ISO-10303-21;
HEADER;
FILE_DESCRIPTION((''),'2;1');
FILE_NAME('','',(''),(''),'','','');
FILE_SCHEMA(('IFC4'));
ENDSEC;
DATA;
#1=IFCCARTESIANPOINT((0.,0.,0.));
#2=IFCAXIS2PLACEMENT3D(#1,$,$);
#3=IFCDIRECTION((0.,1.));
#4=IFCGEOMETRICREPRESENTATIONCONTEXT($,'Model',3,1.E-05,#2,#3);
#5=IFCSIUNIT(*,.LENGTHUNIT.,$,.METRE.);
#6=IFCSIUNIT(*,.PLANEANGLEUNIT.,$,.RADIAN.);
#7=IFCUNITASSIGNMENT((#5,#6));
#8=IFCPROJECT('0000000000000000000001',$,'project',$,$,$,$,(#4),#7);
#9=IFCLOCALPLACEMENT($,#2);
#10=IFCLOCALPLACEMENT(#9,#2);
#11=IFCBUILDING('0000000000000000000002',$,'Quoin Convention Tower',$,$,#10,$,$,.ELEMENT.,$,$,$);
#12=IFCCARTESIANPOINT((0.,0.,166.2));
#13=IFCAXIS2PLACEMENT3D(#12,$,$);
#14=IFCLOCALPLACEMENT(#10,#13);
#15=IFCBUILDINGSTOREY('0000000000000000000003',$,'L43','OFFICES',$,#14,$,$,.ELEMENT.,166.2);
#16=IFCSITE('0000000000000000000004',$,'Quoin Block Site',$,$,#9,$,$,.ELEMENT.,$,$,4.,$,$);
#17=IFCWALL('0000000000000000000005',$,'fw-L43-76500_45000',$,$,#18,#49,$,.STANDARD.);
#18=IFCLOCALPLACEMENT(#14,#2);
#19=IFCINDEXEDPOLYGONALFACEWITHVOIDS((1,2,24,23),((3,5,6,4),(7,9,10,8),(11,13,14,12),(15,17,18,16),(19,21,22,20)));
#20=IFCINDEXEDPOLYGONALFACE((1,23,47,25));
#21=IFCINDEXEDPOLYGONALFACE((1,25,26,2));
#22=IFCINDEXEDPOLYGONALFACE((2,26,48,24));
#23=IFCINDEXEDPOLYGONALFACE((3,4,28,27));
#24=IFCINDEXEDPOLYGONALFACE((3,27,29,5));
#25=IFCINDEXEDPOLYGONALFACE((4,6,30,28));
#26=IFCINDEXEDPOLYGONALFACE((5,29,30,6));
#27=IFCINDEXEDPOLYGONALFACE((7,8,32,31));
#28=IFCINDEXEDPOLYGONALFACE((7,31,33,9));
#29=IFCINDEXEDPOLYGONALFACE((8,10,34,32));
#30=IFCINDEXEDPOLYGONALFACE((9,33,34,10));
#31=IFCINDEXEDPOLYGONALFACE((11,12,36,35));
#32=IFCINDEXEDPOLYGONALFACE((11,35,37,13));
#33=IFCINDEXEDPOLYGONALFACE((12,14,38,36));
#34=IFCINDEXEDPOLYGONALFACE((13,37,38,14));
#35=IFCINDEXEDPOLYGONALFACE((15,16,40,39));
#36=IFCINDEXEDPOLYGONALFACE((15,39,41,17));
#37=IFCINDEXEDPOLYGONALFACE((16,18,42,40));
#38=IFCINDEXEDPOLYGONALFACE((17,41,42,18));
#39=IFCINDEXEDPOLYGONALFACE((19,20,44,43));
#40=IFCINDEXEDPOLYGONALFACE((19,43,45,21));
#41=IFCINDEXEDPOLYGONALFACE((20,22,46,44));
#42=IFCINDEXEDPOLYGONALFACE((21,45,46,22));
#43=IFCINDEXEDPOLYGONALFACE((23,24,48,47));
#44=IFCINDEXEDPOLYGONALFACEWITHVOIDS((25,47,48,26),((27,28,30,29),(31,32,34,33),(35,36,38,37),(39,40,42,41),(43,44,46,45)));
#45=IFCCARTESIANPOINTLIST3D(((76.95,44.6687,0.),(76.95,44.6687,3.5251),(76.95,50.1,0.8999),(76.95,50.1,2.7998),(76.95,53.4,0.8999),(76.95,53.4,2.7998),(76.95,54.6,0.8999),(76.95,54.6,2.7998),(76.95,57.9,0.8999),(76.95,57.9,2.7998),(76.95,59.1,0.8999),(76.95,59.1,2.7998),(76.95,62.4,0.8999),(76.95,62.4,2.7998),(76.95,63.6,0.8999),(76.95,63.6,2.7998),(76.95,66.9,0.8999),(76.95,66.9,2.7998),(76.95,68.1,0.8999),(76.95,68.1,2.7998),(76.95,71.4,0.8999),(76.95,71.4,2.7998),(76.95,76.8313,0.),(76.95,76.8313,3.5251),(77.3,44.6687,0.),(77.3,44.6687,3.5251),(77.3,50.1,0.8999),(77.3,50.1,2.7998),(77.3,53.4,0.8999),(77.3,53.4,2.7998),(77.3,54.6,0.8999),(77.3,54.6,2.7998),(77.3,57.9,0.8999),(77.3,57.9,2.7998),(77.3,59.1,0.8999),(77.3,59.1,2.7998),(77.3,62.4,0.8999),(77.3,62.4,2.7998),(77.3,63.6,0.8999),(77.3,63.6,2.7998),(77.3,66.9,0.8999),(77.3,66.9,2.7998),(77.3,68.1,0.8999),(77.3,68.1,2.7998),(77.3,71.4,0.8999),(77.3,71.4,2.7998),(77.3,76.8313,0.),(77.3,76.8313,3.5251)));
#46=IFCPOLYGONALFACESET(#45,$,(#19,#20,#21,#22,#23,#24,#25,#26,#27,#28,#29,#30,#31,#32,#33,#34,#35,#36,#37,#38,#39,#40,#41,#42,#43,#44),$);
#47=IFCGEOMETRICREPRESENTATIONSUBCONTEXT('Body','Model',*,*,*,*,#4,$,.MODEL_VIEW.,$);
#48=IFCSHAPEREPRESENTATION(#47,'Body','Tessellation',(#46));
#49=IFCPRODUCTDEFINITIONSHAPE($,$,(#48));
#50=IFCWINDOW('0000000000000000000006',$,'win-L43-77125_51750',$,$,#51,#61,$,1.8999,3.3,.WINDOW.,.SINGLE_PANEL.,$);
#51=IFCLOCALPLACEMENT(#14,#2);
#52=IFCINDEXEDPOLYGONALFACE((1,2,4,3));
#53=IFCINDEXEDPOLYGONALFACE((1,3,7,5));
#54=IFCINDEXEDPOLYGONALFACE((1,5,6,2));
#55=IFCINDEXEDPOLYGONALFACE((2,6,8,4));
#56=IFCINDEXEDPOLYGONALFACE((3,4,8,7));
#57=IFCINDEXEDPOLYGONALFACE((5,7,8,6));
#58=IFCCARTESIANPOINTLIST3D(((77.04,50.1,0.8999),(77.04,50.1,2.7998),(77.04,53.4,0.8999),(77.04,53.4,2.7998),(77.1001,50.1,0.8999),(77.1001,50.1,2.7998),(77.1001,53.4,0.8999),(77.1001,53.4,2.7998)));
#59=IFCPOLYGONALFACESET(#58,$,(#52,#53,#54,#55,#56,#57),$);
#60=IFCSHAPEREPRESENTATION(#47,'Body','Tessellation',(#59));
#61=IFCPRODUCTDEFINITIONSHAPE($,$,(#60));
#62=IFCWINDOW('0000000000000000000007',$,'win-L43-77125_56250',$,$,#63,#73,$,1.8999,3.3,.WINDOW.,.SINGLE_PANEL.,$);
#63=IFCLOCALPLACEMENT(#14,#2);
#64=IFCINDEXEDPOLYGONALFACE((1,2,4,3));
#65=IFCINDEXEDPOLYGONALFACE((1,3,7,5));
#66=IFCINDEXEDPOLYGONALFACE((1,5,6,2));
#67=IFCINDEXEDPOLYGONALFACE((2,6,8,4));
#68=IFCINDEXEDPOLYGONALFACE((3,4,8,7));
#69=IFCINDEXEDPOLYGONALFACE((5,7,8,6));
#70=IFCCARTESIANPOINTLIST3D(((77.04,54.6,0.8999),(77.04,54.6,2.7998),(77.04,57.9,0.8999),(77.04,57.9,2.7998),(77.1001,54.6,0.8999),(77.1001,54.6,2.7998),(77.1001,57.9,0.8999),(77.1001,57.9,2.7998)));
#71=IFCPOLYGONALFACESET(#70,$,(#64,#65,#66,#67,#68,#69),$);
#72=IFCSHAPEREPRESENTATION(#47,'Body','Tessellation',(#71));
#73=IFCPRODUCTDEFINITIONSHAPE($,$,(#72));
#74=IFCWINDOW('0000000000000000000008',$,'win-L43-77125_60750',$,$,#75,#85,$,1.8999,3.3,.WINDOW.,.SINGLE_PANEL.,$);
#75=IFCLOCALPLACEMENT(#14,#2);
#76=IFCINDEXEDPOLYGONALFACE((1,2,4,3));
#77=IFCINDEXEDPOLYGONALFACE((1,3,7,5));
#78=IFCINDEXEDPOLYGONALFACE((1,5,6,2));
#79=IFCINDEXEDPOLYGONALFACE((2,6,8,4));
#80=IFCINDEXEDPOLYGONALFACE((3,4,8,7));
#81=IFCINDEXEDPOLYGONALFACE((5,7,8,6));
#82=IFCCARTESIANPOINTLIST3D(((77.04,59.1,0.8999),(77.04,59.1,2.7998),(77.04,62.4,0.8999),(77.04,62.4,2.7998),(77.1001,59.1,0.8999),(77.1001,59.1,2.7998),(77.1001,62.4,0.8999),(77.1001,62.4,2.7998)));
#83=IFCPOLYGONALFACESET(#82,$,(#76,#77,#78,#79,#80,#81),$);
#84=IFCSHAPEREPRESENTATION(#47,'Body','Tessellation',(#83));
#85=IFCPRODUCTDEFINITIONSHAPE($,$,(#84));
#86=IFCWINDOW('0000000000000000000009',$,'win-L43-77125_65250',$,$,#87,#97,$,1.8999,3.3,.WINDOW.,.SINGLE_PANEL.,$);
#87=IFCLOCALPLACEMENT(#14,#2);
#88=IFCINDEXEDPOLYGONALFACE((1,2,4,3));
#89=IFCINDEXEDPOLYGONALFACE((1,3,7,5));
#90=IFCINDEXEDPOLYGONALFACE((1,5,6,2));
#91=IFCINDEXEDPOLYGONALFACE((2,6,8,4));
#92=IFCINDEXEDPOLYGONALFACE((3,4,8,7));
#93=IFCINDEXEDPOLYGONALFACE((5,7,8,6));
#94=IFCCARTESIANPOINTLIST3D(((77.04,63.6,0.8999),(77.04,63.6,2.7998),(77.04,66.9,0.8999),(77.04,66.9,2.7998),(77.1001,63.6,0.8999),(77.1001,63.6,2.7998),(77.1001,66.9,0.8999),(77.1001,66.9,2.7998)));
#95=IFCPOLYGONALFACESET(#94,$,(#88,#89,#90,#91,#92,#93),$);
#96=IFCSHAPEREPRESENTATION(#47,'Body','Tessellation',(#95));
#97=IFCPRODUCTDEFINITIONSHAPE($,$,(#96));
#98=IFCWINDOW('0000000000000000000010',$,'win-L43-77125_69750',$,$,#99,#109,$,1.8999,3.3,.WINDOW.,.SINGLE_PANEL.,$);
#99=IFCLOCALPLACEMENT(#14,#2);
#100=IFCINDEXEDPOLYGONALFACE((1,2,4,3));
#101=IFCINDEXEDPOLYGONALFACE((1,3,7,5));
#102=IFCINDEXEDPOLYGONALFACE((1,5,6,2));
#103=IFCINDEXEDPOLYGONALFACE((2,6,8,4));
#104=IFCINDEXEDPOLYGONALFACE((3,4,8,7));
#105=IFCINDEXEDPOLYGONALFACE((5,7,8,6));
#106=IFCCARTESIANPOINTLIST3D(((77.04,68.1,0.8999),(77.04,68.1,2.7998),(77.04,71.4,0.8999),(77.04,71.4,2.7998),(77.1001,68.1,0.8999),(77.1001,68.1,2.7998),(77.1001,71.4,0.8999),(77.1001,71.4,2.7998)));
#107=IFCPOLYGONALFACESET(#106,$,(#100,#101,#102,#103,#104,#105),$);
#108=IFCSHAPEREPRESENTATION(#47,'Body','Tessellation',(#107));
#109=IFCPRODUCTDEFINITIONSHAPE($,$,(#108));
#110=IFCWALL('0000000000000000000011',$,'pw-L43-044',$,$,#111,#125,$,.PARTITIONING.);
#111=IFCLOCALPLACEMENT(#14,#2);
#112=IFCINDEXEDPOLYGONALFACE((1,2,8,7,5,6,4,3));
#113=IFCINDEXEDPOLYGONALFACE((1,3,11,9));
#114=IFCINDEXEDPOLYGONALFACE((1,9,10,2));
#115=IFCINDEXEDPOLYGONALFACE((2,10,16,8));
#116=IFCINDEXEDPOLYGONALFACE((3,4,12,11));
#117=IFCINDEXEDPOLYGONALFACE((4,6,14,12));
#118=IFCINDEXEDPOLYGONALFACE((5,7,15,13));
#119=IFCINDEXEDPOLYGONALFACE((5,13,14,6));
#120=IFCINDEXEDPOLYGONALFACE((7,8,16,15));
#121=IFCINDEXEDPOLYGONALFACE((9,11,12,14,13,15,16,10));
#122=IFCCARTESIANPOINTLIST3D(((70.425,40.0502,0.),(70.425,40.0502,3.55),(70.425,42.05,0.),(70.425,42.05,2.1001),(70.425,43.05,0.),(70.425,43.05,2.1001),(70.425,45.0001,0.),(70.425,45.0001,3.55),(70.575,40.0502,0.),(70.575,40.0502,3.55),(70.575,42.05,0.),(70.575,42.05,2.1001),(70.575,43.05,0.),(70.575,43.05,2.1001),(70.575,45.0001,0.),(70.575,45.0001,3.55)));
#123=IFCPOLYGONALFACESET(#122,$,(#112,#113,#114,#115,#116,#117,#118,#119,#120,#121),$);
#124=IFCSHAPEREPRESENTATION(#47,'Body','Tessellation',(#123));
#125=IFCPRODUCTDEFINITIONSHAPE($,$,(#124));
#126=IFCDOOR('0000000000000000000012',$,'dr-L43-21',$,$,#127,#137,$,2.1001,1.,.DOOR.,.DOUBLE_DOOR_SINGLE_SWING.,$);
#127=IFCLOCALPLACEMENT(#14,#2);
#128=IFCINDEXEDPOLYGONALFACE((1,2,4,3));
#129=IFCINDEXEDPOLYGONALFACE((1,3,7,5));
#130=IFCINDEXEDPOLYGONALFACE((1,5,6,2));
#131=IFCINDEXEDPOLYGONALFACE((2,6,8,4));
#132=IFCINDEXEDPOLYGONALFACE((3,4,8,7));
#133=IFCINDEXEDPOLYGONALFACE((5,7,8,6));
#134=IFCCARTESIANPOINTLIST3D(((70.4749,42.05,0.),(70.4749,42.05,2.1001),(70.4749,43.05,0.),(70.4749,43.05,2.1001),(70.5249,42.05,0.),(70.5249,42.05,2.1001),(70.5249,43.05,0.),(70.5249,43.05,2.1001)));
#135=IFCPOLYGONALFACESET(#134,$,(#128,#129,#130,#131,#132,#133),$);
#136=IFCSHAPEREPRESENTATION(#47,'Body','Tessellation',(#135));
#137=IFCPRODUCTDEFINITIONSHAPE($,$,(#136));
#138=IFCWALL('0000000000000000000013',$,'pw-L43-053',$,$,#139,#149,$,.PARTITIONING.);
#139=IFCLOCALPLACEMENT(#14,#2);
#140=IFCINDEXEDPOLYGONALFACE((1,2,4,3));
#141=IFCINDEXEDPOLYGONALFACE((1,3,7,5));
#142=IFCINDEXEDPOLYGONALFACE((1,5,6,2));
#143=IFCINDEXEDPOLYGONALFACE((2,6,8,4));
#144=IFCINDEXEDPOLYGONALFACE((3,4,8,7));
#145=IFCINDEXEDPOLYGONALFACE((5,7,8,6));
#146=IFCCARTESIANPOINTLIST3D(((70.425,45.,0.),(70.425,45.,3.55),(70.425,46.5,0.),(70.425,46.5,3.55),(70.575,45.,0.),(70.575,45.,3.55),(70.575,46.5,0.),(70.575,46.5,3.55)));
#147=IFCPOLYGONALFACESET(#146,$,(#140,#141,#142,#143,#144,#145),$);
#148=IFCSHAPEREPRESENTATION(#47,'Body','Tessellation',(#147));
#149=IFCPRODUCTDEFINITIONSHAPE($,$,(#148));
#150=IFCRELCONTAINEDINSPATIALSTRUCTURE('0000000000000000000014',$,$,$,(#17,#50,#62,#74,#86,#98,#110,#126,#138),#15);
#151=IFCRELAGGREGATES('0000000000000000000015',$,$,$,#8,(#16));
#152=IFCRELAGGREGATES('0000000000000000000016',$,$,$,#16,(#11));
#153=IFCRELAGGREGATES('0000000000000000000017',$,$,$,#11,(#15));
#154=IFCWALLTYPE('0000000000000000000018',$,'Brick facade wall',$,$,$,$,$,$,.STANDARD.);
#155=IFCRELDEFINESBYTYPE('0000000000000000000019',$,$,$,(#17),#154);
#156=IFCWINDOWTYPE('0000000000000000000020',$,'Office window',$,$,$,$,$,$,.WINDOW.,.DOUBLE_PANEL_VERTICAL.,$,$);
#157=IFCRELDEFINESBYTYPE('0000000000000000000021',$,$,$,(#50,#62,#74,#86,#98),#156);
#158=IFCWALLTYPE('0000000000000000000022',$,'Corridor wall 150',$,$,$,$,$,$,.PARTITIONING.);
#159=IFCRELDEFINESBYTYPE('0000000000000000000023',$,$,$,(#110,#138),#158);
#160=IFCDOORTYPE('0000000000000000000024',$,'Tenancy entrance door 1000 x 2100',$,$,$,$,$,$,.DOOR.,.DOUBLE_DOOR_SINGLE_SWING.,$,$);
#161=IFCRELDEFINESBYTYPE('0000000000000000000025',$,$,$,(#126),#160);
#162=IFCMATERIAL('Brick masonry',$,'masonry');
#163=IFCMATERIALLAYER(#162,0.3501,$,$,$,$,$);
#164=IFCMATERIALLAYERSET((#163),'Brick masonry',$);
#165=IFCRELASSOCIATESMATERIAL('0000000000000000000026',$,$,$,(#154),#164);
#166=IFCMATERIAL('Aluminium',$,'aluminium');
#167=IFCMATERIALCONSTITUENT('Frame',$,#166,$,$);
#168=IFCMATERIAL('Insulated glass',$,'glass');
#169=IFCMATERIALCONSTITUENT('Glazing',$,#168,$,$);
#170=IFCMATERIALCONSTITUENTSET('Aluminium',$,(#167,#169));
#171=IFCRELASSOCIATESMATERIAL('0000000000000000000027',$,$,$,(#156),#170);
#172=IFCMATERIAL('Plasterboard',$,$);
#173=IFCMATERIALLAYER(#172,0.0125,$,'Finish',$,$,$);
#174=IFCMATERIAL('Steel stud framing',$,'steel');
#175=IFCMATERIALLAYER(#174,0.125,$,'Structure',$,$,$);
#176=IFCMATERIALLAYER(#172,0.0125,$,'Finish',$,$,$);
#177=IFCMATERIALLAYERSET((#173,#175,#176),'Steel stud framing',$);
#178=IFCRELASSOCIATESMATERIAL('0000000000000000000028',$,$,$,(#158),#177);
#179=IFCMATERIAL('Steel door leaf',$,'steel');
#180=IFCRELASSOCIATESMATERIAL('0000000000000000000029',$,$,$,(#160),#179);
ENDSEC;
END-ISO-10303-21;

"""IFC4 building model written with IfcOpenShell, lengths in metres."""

from ifc_helpers import new_model, si_unit, direction, frame, frame_2d, origin, place, context, subcontext, project, spatial, rectangle, extrude, material, layer, layer_set, constituent, constituent_set, type_object, element, fill, save


model = new_model("IFC4")

# Units and contexts
model_context = context("Model", 3, precision=1e-05, world=origin(), true_north=direction((0.0, 1.0)))
body_context = subcontext(model_context, "Body", "Model", "MODEL_VIEW")
ifc_project = project(units=[si_unit("LENGTHUNIT", "METRE"), si_unit("PLANEANGLEUNIT", "RADIAN")], contexts=[model_context])

# Site, building, storey
site_placement = place(None, origin())
site = spatial("IfcSite", under=ifc_project, at=site_placement, Name="Quoin Block Site", CompositionType="ELEMENT", RefElevation=4.0)
building_placement = place(site_placement, origin())
building = spatial("IfcBuilding", under=site, at=building_placement, Name="Quoin Convention Tower", CompositionType="ELEMENT")
storey_placement = place(building_placement, frame((0.0, 0.0, 166.2)))
storey = spatial("IfcBuildingStorey", under=building, at=storey_placement, Name="L43", Description="OFFICES", CompositionType="ELEMENT", Elevation=166.2)

# Shared definitions
ifc_material_1 = material(Name="Brick masonry", Category="masonry")
ifc_layer_1 = layer(ifc_material_1, 0.3501)
ifc_layer_set_1 = layer_set([ifc_layer_1], Name="Brick masonry")
wall_type_1 = type_object("IfcWallType", Name="Brick facade wall", PredefinedType="STANDARD", material=ifc_layer_set_1)
ifc_material_2 = material(Name="Aluminium", Category="aluminium")
ifc_constituent_1 = constituent(ifc_material_2, Name="Frame")
ifc_material_3 = material(Name="Insulated glass", Category="glass")
ifc_constituent_2 = constituent(ifc_material_3, Name="Glazing")
ifc_constituent_set = constituent_set(constituents=[ifc_constituent_1, ifc_constituent_2], Name="Aluminium")
window_type = type_object("IfcWindowType", Name="Office window", PartitioningType="DOUBLE_PANEL_VERTICAL", PredefinedType="WINDOW", material=ifc_constituent_set)

# Wall, openings, windows
wall_1_placement = place(storey_placement, frame((77.125, 44.6687, 0.0), z_axis=(0.0, 0.0, 1.0), x_axis=(0.0, 1.0, 0.0)))
wall_1 = element("IfcWall", 1, at=wall_1_placement, inside=storey, type_object=wall_type_1, Name="fw-L43-76500_45000", PredefinedType="STANDARD", context=body_context, shape_type="SweptSolid", body=[
    extrude(rectangle(XDim=32.1626, YDim=0.3501, at=frame_2d((16.0813, 0.0))), origin(), (0.0, 0.0, 1.0), 3.5251),
])
opening_1_placement = place(wall_1_placement, frame((5.4314, 0.0, 0.8999)))
opening_1 = element("IfcOpeningElement", 2, at=opening_1_placement, cuts=wall_1, PredefinedType="OPENING", context=body_context, shape_type="SweptSolid", body=[
    extrude(rectangle(XDim=3.3, YDim=1.8999, at=frame_2d((1.6499, 0.95))), frame((0.0, 0.1851, 0.0), z_axis=(0.0, -1.0, 0.0), x_axis=(1.0, 0.0, 0.0)), (0.0, 0.0, 1.0), 0.3701),
])
opening_2_placement = place(wall_1_placement, frame((9.9314, 0.0, 0.8999)))
opening_2 = element("IfcOpeningElement", 3, at=opening_2_placement, cuts=wall_1, PredefinedType="OPENING", context=body_context, shape_type="SweptSolid", body=[
    extrude(rectangle(XDim=3.3, YDim=1.8999, at=frame_2d((1.6499, 0.95))), frame((0.0, 0.1851, 0.0), z_axis=(0.0, -1.0, 0.0), x_axis=(1.0, 0.0, 0.0)), (0.0, 0.0, 1.0), 0.3701),
])
opening_3_placement = place(wall_1_placement, frame((14.4314, 0.0, 0.8999)))
opening_3 = element("IfcOpeningElement", 4, at=opening_3_placement, cuts=wall_1, PredefinedType="OPENING", context=body_context, shape_type="SweptSolid", body=[
    extrude(rectangle(XDim=3.3, YDim=1.8999, at=frame_2d((1.6499, 0.95))), frame((0.0, 0.1851, 0.0), z_axis=(0.0, -1.0, 0.0), x_axis=(1.0, 0.0, 0.0)), (0.0, 0.0, 1.0), 0.3701),
])
opening_4_placement = place(wall_1_placement, frame((18.9314, 0.0, 0.8999)))
opening_4 = element("IfcOpeningElement", 5, at=opening_4_placement, cuts=wall_1, PredefinedType="OPENING", context=body_context, shape_type="SweptSolid", body=[
    extrude(rectangle(XDim=3.3, YDim=1.8999, at=frame_2d((1.6499, 0.95))), frame((0.0, 0.1851, 0.0), z_axis=(0.0, -1.0, 0.0), x_axis=(1.0, 0.0, 0.0)), (0.0, 0.0, 1.0), 0.3701),
])
opening_5_placement = place(wall_1_placement, frame((23.4314, 0.0, 0.8999)))
opening_5 = element("IfcOpeningElement", 6, at=opening_5_placement, cuts=wall_1, PredefinedType="OPENING", context=body_context, shape_type="SweptSolid", body=[
    extrude(rectangle(XDim=3.3, YDim=1.8999, at=frame_2d((1.6499, 0.95))), frame((0.0, 0.1851, 0.0), z_axis=(0.0, -1.0, 0.0), x_axis=(1.0, 0.0, 0.0)), (0.0, 0.0, 1.0), 0.3701),
])
window_1_placement = place(opening_1_placement, origin())
window_1 = element("IfcWindow", 7, at=window_1_placement, inside=storey, type_object=window_type, Name="win-L43-77125_51750", OverallHeight=1.8999, OverallWidth=3.3, PartitioningType="SINGLE_PANEL", PredefinedType="WINDOW", context=body_context, shape_type="SweptSolid", body=[
    extrude(rectangle(XDim=3.3, YDim=1.8999, at=frame_2d((1.6499, 0.95))), frame((0.0, 0.085, 0.0), z_axis=(0.0, -1.0, 0.0), x_axis=(1.0, 0.0, 0.0)), (0.0, 0.0, 1.0), 0.0601),
])
fill(opening_1, window_1)
window_2_placement = place(opening_2_placement, origin())
window_2 = element("IfcWindow", 8, at=window_2_placement, inside=storey, type_object=window_type, Name="win-L43-77125_56250", OverallHeight=1.8999, OverallWidth=3.3, PartitioningType="SINGLE_PANEL", PredefinedType="WINDOW", context=body_context, shape_type="SweptSolid", body=[
    extrude(rectangle(XDim=3.3, YDim=1.8999, at=frame_2d((1.6499, 0.95))), frame((0.0, 0.085, 0.0), z_axis=(0.0, -1.0, 0.0), x_axis=(1.0, 0.0, 0.0)), (0.0, 0.0, 1.0), 0.0601),
])
fill(opening_2, window_2)
window_3_placement = place(opening_3_placement, origin())
window_3 = element("IfcWindow", 9, at=window_3_placement, inside=storey, type_object=window_type, Name="win-L43-77125_60750", OverallHeight=1.8999, OverallWidth=3.3, PartitioningType="SINGLE_PANEL", PredefinedType="WINDOW", context=body_context, shape_type="SweptSolid", body=[
    extrude(rectangle(XDim=3.3, YDim=1.8999, at=frame_2d((1.6499, 0.95))), frame((0.0, 0.085, 0.0), z_axis=(0.0, -1.0, 0.0), x_axis=(1.0, 0.0, 0.0)), (0.0, 0.0, 1.0), 0.0601),
])
fill(opening_3, window_3)
window_4_placement = place(opening_4_placement, origin())
window_4 = element("IfcWindow", 10, at=window_4_placement, inside=storey, type_object=window_type, Name="win-L43-77125_65250", OverallHeight=1.8999, OverallWidth=3.3, PartitioningType="SINGLE_PANEL", PredefinedType="WINDOW", context=body_context, shape_type="SweptSolid", body=[
    extrude(rectangle(XDim=3.3, YDim=1.8999, at=frame_2d((1.6499, 0.95))), frame((0.0, 0.085, 0.0), z_axis=(0.0, -1.0, 0.0), x_axis=(1.0, 0.0, 0.0)), (0.0, 0.0, 1.0), 0.0601),
])
fill(opening_4, window_4)
window_5_placement = place(opening_5_placement, origin())
window_5 = element("IfcWindow", 11, at=window_5_placement, inside=storey, type_object=window_type, Name="win-L43-77125_69750", OverallHeight=1.8999, OverallWidth=3.3, PartitioningType="SINGLE_PANEL", PredefinedType="WINDOW", context=body_context, shape_type="SweptSolid", body=[
    extrude(rectangle(XDim=3.3, YDim=1.8999, at=frame_2d((1.6499, 0.95))), frame((0.0, 0.085, 0.0), z_axis=(0.0, -1.0, 0.0), x_axis=(1.0, 0.0, 0.0)), (0.0, 0.0, 1.0), 0.0601),
])
fill(opening_5, window_5)

# Wall, opening, door
ifc_material_4 = material(Name="Plasterboard")
ifc_layer_2 = layer(ifc_material_4, 0.0125, Name="Finish")
ifc_material_5 = material(Name="Steel stud framing", Category="steel")
ifc_layer_3 = layer(ifc_material_5, 0.125, Name="Structure")
ifc_layer_4 = layer(ifc_material_4, 0.0125, Name="Finish")
ifc_layer_set_2 = layer_set([ifc_layer_2, ifc_layer_3, ifc_layer_4], Name="Steel stud framing")
wall_type_2 = type_object("IfcWallType", Name="Corridor wall 150", PredefinedType="PARTITIONING", material=ifc_layer_set_2)
wall_2_placement = place(storey_placement, frame((70.5, 40.05, 0.0), z_axis=(0.0, 0.0, 1.0), x_axis=(0.0, 1.0, 0.0)))
wall_2 = element("IfcWall", 12, at=wall_2_placement, inside=storey, type_object=wall_type_2, Name="pw-L43-044", PredefinedType="PARTITIONING", context=body_context, shape_type="SweptSolid", body=[
    extrude(rectangle(XDim=4.95, YDim=0.1499, at=frame_2d((2.4751, 0.0))), origin(), (0.0, 0.0, 1.0), 3.55),
])
opening_6_placement = place(wall_2_placement, frame((2.0, 0.0, 0.0)))
opening_6 = element("IfcOpeningElement", 13, at=opening_6_placement, cuts=wall_2, PredefinedType="OPENING", context=body_context, shape_type="SweptSolid", body=[
    extrude(rectangle(XDim=1.0, YDim=2.1001, at=frame_2d((0.5, 1.05))), frame((0.0, 0.085, 0.0), z_axis=(0.0, -1.0, 0.0), x_axis=(1.0, 0.0, 0.0)), (0.0, 0.0, 1.0), 0.1699),
])
ifc_material_6 = material(Name="Steel door leaf", Category="steel")
door_type_1 = type_object("IfcDoorType", Name="Tenancy entrance door 1000 x 2100", OperationType="DOUBLE_DOOR_SINGLE_SWING", PredefinedType="DOOR", material=ifc_material_6)
door_1_placement = place(opening_6_placement, frame((1.0, 0.0, 0.0), z_axis=(0.0, 0.0, 1.0), x_axis=(-1.0, 0.0, 0.0)))
door_1 = element("IfcDoor", 14, at=door_1_placement, inside=storey, type_object=door_type_1, Name="dr-L43-21", OperationType="DOUBLE_DOOR_SINGLE_SWING", OverallHeight=2.1001, OverallWidth=1.0, PredefinedType="DOOR", context=body_context, shape_type="SweptSolid", body=[
    extrude(rectangle(XDim=1.0, YDim=2.1001, at=frame_2d((0.5, 1.05))), frame((0.0, 0.0249, 0.0), z_axis=(0.0, -1.0, 0.0), x_axis=(1.0, 0.0, 0.0)), (0.0, 0.0, 1.0), 0.05),
])
fill(opening_6, door_1)

# Wall
wall_3_placement = place(storey_placement, frame((70.5, 45.0, 0.0), z_axis=(0.0, 0.0, 1.0), x_axis=(0.0, 1.0, 0.0)))
element("IfcWall", 15, at=wall_3_placement, inside=storey, type_object=wall_type_2, Name="pw-L43-053", PredefinedType="PARTITIONING", context=body_context, shape_type="SweptSolid", body=[
    extrude(rectangle(XDim=1.5, YDim=0.1499, at=frame_2d((0.75, 0.0))), origin(), (0.0, 0.0, 1.0), 3.55),
])

save(model, "model.ifc")
